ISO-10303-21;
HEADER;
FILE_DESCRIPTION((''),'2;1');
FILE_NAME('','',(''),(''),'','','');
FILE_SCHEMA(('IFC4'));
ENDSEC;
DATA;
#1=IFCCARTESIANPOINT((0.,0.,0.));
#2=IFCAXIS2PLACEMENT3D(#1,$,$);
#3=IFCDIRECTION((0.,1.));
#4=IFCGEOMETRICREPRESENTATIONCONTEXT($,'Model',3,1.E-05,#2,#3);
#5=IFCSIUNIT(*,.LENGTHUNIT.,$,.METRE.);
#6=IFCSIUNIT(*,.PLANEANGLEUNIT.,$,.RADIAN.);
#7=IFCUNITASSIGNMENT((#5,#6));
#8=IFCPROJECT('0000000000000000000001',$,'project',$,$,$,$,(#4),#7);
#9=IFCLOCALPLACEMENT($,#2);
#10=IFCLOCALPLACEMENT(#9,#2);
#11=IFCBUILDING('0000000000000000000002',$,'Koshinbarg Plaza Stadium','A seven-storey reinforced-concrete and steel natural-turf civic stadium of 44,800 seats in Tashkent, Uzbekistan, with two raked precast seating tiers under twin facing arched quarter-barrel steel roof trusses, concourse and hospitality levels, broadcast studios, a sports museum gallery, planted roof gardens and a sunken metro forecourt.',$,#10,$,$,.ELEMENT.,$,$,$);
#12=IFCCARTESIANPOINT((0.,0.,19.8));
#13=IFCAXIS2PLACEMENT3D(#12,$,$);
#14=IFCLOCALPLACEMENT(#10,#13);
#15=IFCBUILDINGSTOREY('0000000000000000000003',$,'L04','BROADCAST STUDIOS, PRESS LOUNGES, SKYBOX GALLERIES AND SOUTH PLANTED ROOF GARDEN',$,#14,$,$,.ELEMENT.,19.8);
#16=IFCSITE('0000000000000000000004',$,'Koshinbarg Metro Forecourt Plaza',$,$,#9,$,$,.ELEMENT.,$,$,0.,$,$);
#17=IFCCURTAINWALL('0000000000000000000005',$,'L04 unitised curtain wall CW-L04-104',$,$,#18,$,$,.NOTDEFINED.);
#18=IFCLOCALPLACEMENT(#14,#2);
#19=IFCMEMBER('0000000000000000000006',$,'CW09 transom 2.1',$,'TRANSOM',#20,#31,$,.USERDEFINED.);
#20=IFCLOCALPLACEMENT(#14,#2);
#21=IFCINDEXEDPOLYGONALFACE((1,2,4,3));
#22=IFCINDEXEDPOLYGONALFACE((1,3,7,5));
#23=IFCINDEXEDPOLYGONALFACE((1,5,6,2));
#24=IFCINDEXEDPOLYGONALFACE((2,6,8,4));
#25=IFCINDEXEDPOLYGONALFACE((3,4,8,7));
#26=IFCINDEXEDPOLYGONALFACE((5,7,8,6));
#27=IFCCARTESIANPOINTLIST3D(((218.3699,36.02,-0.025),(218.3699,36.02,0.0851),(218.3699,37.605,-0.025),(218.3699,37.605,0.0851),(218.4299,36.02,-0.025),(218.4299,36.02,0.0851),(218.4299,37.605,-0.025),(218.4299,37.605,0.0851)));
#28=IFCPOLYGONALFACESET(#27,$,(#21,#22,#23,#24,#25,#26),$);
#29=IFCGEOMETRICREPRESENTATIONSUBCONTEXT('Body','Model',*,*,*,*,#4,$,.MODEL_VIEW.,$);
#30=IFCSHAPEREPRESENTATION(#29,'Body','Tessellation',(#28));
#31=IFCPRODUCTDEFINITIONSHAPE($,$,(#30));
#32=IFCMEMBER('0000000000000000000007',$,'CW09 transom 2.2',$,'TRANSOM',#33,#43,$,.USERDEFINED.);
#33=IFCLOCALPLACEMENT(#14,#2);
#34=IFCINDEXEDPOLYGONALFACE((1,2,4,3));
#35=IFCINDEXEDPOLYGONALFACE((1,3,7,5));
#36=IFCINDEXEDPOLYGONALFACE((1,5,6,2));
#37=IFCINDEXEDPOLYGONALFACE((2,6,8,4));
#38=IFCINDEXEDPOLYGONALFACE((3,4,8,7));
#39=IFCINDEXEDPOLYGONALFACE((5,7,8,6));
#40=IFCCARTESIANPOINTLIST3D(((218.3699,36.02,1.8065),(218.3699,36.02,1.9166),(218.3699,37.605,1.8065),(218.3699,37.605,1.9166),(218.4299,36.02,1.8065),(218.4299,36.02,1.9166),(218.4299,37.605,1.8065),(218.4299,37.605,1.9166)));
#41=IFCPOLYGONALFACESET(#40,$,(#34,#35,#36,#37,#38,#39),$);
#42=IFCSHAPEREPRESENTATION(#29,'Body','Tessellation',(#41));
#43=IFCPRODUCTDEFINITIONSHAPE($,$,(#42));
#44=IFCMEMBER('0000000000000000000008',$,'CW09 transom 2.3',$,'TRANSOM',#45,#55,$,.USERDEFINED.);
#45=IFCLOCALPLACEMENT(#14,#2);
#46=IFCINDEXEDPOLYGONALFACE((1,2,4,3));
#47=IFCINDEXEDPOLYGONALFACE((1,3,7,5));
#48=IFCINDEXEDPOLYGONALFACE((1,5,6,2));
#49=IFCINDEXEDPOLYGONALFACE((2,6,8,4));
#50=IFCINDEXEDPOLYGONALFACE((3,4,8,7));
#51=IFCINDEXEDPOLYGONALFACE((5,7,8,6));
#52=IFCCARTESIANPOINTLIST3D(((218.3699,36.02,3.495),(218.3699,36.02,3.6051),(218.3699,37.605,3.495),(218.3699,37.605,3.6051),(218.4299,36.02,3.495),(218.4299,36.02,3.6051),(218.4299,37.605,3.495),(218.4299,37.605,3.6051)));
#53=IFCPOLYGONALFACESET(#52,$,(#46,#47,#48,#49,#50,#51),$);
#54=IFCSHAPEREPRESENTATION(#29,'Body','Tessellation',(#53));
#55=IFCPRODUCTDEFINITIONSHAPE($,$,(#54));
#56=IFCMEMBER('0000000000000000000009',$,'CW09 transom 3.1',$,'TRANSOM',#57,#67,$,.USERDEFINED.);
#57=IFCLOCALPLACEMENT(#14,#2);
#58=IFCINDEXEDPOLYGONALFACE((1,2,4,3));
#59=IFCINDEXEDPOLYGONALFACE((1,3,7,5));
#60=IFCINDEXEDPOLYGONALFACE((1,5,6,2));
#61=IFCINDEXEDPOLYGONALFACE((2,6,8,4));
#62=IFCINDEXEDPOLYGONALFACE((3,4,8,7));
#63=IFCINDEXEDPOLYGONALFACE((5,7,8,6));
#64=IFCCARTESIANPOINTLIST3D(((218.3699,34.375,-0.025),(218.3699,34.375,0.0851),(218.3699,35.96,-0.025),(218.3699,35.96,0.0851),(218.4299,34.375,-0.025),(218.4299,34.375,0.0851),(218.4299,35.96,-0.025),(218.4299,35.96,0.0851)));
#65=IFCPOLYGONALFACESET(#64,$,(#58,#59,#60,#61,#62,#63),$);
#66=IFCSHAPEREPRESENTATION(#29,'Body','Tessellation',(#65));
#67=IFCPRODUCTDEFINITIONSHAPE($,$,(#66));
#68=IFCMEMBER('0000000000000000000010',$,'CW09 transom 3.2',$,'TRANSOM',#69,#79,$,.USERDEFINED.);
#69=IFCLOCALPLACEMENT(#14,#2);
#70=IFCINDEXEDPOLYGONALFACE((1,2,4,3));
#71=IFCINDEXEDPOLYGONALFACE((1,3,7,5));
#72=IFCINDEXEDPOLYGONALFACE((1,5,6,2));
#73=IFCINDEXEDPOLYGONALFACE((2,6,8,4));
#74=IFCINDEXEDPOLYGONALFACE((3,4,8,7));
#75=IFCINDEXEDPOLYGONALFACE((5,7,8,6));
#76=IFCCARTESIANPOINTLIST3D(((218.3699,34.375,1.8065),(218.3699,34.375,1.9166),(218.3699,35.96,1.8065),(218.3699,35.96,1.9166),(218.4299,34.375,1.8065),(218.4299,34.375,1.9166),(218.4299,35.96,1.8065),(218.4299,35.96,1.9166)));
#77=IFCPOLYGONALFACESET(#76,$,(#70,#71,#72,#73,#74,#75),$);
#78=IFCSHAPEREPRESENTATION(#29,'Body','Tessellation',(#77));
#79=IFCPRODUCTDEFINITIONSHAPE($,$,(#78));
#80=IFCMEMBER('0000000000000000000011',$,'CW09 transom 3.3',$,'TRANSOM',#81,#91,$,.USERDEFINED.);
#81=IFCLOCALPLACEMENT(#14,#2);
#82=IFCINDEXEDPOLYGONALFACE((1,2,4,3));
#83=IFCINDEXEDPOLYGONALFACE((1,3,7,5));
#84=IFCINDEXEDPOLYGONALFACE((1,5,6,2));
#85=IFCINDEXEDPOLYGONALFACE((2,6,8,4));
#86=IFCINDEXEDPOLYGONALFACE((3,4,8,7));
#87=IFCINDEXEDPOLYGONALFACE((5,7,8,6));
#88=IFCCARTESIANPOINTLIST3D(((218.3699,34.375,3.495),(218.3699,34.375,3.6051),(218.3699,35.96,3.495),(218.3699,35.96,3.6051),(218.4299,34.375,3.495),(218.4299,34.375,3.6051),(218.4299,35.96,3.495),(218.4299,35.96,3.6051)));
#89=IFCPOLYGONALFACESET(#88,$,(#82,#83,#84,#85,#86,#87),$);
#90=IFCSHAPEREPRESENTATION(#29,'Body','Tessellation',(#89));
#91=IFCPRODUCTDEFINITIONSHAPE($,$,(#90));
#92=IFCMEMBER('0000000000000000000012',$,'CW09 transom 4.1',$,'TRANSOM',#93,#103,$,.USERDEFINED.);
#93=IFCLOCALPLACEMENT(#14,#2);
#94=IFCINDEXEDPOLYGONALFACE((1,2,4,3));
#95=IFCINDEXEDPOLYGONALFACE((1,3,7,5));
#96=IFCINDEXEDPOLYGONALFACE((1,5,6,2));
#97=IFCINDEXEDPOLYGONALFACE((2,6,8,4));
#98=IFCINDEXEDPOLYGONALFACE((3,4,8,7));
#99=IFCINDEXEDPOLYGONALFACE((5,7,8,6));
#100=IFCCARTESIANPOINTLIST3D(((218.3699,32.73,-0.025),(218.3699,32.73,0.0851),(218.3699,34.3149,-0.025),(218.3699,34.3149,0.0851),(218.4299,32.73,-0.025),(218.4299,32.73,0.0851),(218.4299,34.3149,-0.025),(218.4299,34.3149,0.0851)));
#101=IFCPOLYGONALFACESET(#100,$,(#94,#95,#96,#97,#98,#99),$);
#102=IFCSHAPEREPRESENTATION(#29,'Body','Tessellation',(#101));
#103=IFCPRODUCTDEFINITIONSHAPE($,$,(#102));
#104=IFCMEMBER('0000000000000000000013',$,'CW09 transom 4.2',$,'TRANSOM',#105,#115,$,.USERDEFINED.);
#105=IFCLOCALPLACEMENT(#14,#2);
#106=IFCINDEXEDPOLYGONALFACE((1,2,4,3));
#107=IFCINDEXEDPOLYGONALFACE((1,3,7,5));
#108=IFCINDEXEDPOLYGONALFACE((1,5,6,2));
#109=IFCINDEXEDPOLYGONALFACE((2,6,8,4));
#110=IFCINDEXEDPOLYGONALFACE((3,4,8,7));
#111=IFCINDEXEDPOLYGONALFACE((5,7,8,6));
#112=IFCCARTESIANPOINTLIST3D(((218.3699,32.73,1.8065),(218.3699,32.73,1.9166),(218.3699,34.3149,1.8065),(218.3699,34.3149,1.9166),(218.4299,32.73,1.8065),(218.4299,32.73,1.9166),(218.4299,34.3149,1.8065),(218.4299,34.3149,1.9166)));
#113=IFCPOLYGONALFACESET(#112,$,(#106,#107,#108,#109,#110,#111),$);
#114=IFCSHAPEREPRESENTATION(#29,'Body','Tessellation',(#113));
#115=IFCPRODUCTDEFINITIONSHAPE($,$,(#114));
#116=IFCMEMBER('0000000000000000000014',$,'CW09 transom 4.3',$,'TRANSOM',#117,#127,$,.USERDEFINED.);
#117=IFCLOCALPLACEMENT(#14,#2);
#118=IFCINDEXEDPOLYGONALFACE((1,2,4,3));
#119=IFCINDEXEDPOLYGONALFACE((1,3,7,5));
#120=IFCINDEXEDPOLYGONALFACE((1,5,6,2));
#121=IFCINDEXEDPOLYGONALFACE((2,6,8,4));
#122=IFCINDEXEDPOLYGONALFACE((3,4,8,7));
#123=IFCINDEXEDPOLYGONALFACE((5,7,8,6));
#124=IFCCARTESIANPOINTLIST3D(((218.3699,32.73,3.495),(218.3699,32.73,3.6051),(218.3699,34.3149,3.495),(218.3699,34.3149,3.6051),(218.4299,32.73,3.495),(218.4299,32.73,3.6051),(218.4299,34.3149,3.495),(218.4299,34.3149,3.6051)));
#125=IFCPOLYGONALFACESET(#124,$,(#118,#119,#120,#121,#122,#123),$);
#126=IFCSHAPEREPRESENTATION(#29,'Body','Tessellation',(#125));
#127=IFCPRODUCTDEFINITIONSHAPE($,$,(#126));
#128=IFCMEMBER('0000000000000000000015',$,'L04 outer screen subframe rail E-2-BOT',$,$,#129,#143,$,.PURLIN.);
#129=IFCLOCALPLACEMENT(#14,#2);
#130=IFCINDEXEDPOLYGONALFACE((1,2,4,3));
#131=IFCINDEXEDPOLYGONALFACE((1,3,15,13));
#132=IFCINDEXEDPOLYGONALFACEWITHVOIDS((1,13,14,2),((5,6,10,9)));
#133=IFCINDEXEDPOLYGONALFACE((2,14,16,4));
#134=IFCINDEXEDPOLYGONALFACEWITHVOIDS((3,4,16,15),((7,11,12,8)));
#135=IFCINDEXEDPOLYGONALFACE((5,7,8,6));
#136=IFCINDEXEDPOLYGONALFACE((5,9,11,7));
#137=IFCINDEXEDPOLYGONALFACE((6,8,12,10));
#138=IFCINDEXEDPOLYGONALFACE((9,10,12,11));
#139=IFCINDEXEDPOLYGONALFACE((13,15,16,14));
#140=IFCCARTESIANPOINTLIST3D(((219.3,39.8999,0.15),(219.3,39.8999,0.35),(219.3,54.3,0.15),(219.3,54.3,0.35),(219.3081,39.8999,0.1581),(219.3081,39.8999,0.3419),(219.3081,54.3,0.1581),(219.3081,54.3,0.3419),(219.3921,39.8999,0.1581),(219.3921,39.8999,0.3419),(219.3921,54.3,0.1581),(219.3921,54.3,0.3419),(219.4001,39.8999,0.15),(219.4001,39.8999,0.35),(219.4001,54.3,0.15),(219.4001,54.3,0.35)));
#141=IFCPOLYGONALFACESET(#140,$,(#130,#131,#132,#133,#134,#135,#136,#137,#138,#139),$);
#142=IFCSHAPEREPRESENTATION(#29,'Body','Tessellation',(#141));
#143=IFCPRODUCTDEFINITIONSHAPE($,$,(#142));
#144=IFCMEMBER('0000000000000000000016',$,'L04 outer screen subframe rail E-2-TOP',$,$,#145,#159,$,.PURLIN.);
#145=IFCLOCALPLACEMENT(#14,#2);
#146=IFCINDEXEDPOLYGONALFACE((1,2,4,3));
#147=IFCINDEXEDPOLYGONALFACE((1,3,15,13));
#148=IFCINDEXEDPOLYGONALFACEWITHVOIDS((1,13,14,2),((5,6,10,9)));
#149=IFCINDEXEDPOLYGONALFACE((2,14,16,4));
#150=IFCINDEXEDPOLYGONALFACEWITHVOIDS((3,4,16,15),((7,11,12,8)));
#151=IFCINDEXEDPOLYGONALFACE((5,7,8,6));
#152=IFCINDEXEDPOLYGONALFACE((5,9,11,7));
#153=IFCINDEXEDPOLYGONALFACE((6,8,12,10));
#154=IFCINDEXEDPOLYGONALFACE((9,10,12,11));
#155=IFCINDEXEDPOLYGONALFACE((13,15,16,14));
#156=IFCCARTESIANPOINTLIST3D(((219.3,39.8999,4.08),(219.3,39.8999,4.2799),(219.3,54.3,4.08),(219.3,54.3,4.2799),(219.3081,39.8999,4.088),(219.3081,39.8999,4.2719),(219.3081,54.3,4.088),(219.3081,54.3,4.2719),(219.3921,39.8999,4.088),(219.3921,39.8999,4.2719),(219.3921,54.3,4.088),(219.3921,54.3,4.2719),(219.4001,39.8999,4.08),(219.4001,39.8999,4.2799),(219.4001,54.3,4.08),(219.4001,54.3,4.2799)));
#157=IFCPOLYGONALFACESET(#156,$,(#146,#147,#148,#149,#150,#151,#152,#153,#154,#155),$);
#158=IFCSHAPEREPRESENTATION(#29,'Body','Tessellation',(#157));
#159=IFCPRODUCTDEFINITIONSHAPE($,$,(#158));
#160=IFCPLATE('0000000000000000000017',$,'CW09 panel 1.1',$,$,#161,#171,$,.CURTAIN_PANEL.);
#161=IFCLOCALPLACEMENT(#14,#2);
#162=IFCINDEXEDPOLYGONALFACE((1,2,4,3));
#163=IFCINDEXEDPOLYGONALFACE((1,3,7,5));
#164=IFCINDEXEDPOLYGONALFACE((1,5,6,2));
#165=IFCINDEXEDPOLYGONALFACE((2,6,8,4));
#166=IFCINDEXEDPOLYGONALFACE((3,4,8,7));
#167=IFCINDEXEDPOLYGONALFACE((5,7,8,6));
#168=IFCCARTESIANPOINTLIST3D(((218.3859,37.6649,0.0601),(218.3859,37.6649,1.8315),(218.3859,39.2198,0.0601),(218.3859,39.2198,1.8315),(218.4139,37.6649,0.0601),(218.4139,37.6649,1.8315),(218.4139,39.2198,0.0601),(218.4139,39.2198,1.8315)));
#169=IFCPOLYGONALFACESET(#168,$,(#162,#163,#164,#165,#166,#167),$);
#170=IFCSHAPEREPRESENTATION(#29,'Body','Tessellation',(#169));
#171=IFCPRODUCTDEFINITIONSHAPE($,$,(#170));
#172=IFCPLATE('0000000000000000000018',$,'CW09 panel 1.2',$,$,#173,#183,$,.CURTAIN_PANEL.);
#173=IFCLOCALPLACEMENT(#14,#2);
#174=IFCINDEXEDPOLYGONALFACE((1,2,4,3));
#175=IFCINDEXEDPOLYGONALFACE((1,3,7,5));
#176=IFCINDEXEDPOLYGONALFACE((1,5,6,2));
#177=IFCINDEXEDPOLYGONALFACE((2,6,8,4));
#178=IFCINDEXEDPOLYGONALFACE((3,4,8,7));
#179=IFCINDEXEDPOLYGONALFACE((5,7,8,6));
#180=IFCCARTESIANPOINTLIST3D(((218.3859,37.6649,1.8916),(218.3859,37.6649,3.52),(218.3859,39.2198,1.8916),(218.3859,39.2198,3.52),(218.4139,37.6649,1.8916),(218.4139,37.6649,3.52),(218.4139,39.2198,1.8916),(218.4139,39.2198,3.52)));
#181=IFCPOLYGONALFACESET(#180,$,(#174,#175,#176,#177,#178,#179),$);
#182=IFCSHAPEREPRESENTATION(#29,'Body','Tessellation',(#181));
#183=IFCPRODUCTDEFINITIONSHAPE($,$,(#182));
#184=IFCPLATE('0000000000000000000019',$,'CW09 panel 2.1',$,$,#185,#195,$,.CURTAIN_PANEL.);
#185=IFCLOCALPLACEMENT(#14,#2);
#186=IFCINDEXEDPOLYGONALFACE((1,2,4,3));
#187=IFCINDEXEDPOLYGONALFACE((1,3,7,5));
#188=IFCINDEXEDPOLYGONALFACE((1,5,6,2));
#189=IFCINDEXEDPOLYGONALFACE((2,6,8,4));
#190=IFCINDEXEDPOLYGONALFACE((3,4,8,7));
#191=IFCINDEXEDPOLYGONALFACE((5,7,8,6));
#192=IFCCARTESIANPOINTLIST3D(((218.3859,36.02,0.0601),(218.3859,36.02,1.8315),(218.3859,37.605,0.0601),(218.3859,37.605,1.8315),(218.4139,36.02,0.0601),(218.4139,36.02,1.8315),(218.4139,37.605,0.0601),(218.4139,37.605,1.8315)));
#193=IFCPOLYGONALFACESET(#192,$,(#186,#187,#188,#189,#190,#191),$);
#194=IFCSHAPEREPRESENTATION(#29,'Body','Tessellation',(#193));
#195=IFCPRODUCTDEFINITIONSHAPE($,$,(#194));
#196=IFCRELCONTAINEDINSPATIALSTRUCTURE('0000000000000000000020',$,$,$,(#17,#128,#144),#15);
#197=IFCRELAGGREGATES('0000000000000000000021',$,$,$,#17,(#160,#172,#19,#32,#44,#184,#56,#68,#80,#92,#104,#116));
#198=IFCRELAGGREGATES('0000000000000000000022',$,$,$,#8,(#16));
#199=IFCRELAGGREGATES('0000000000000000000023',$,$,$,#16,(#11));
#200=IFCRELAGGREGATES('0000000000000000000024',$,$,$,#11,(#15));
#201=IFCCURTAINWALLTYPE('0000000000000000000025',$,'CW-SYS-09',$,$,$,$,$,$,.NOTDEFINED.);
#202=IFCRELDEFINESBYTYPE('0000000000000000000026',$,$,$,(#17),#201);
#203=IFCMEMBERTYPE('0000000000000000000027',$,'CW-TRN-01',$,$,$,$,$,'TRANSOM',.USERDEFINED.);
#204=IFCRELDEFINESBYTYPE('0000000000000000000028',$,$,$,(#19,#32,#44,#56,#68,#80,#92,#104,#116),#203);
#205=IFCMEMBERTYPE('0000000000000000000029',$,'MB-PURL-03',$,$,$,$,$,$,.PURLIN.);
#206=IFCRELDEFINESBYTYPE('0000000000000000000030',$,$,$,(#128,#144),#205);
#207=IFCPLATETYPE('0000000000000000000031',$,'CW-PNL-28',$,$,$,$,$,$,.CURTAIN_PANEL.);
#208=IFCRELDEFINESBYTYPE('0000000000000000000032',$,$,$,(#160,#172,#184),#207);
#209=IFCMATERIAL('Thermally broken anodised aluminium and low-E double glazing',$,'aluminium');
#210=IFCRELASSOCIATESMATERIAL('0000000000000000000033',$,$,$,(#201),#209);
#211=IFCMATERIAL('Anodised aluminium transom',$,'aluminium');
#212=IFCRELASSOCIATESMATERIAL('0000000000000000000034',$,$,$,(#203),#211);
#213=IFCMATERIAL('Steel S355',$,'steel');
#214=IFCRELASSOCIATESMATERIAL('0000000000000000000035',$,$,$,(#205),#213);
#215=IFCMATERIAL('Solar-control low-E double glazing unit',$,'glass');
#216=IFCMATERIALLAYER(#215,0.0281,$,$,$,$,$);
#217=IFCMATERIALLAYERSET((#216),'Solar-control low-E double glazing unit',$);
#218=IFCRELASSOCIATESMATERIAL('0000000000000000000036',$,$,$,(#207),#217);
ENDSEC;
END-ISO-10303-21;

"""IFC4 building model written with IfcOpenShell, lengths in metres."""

from ifc_helpers import new_model, si_unit, direction, frame, origin, origin_2d, place, context, subcontext, project, spatial, rectangle, hollow_rectangle, extrude, material, layer, layer_set, material_profile, profile_set, type_object, element, aggregate, save


model = new_model("IFC4")

# Units and contexts
model_context = context("Model", 3, precision=1e-05, world=origin(), true_north=direction((0.0, 1.0)))
body_context = subcontext(model_context, "Body", "Model", "MODEL_VIEW")
ifc_project = project(units=[si_unit("LENGTHUNIT", "METRE"), si_unit("PLANEANGLEUNIT", "RADIAN")], contexts=[model_context])

# Site, building, storey
site_placement = place(None, origin())
site = spatial("IfcSite", under=ifc_project, at=site_placement, Name="Koshinbarg Metro Forecourt Plaza", CompositionType="ELEMENT", RefElevation=0.0)
building_placement = place(site_placement, origin())
building = spatial("IfcBuilding", under=site, at=building_placement, Name="Koshinbarg Plaza Stadium", Description="A seven-storey reinforced-concrete and steel natural-turf civic stadium of 44,800 seats in Tashkent, Uzbekistan, with two raked precast seating tiers under twin facing arched quarter-barrel steel roof trusses, concourse and hospitality levels, broadcast studios, a sports museum gallery, planted roof gardens and a sunken metro forecourt.", CompositionType="ELEMENT")
storey_placement = place(building_placement, frame((0.0, 0.0, 19.8)))
storey = spatial("IfcBuildingStorey", under=building, at=storey_placement, Name="L04", Description="BROADCAST STUDIOS, PRESS LOUNGES, SKYBOX GALLERIES AND SOUTH PLANTED ROOF GARDEN", CompositionType="ELEMENT", Elevation=19.8)

# Shared definitions
ifc_material_1 = material(Name="Steel S355", Category="steel")

# Curtain wall, members
ifc_material_2 = material(Name="Thermally broken anodised aluminium and low-E double glazing", Category="aluminium")
curtain_wall_type = type_object("IfcCurtainWallType", Name="CW-SYS-09", PredefinedType="NOTDEFINED", material=ifc_material_2)
curtain_wall_placement = place(storey_placement, origin())
curtain_wall = element("IfcCurtainWall", 1, at=curtain_wall_placement, inside=storey, type_object=curtain_wall_type, Name="L04 unitised curtain wall CW-L04-104", PredefinedType="NOTDEFINED")
ifc_material_3 = material(Name="Anodised aluminium transom", Category="aluminium")
ifc_material_profile_1 = material_profile(ifc_material_3, rectangle(XDim=0.0601, YDim=0.1101, at=origin_2d()), Name="ALU 60x110")
ifc_profile_set_1 = profile_set([ifc_material_profile_1], Name="Anodised aluminium transom")
member_type_1 = type_object("IfcMemberType", Name="CW-TRN-01", ElementType="TRANSOM", PredefinedType="USERDEFINED", material=ifc_profile_set_1)
member_1_placement = place(storey_placement, frame((218.3999, 37.605, 0.03), z_axis=(0.0, -1.0, 0.0), x_axis=(1.0, 0.0, 0.0)))
member_1 = element("IfcMember", 2, at=member_1_placement, type_object=member_type_1, Name="CW09 transom 2.1", ObjectType="TRANSOM", PredefinedType="USERDEFINED", context=body_context, shape_type="SweptSolid", body=[
    extrude(rectangle(XDim=0.0601, YDim=0.1101, at=origin_2d()), origin(), (0.0, 0.0, 1.0), 1.585),
])
member_2_placement = place(storey_placement, frame((218.3999, 37.605, 1.8616), z_axis=(0.0, -1.0, 0.0), x_axis=(1.0, 0.0, 0.0)))
member_2 = element("IfcMember", 3, at=member_2_placement, type_object=member_type_1, Name="CW09 transom 2.2", ObjectType="TRANSOM", PredefinedType="USERDEFINED", context=body_context, shape_type="SweptSolid", body=[
    extrude(rectangle(XDim=0.0601, YDim=0.1101, at=origin_2d()), origin(), (0.0, 0.0, 1.0), 1.585),
])
member_3_placement = place(storey_placement, frame((218.3999, 37.605, 3.55), z_axis=(0.0, -1.0, 0.0), x_axis=(1.0, 0.0, 0.0)))
member_3 = element("IfcMember", 4, at=member_3_placement, type_object=member_type_1, Name="CW09 transom 2.3", ObjectType="TRANSOM", PredefinedType="USERDEFINED", context=body_context, shape_type="SweptSolid", body=[
    extrude(rectangle(XDim=0.0601, YDim=0.1101, at=origin_2d()), origin(), (0.0, 0.0, 1.0), 1.585),
])
member_4_placement = place(storey_placement, frame((218.3999, 35.96, 0.03), z_axis=(0.0, -1.0, 0.0), x_axis=(1.0, 0.0, 0.0)))
member_4 = element("IfcMember", 5, at=member_4_placement, type_object=member_type_1, Name="CW09 transom 3.1", ObjectType="TRANSOM", PredefinedType="USERDEFINED", context=body_context, shape_type="SweptSolid", body=[
    extrude(rectangle(XDim=0.0601, YDim=0.1101, at=origin_2d()), origin(), (0.0, 0.0, 1.0), 1.585),
])
member_5_placement = place(storey_placement, frame((218.3999, 35.96, 1.8616), z_axis=(0.0, -1.0, 0.0), x_axis=(1.0, 0.0, 0.0)))
member_5 = element("IfcMember", 6, at=member_5_placement, type_object=member_type_1, Name="CW09 transom 3.2", ObjectType="TRANSOM", PredefinedType="USERDEFINED", context=body_context, shape_type="SweptSolid", body=[
    extrude(rectangle(XDim=0.0601, YDim=0.1101, at=origin_2d()), origin(), (0.0, 0.0, 1.0), 1.585),
])
member_6_placement = place(storey_placement, frame((218.3999, 35.96, 3.55), z_axis=(0.0, -1.0, 0.0), x_axis=(1.0, 0.0, 0.0)))
member_6 = element("IfcMember", 7, at=member_6_placement, type_object=member_type_1, Name="CW09 transom 3.3", ObjectType="TRANSOM", PredefinedType="USERDEFINED", context=body_context, shape_type="SweptSolid", body=[
    extrude(rectangle(XDim=0.0601, YDim=0.1101, at=origin_2d()), origin(), (0.0, 0.0, 1.0), 1.585),
])
member_7_placement = place(storey_placement, frame((218.3999, 34.3149, 0.03), z_axis=(0.0, -1.0, 0.0), x_axis=(1.0, 0.0, 0.0)))
member_7 = element("IfcMember", 8, at=member_7_placement, type_object=member_type_1, Name="CW09 transom 4.1", ObjectType="TRANSOM", PredefinedType="USERDEFINED", context=body_context, shape_type="SweptSolid", body=[
    extrude(rectangle(XDim=0.0601, YDim=0.1101, at=origin_2d()), origin(), (0.0, 0.0, 1.0), 1.585),
])
member_8_placement = place(storey_placement, frame((218.3999, 34.3149, 1.8616), z_axis=(0.0, -1.0, 0.0), x_axis=(1.0, 0.0, 0.0)))
member_8 = element("IfcMember", 9, at=member_8_placement, type_object=member_type_1, Name="CW09 transom 4.2", ObjectType="TRANSOM", PredefinedType="USERDEFINED", context=body_context, shape_type="SweptSolid", body=[
    extrude(rectangle(XDim=0.0601, YDim=0.1101, at=origin_2d()), origin(), (0.0, 0.0, 1.0), 1.585),
])
member_9_placement = place(storey_placement, frame((218.3999, 34.3149, 3.55), z_axis=(0.0, -1.0, 0.0), x_axis=(1.0, 0.0, 0.0)))
member_9 = element("IfcMember", 10, at=member_9_placement, type_object=member_type_1, Name="CW09 transom 4.3", ObjectType="TRANSOM", PredefinedType="USERDEFINED", context=body_context, shape_type="SweptSolid", body=[
    extrude(rectangle(XDim=0.0601, YDim=0.1101, at=origin_2d()), origin(), (0.0, 0.0, 1.0), 1.585),
])

# Members
ifc_material_profile_2 = material_profile(ifc_material_1, hollow_rectangle(XDim=0.1001, YDim=0.2, WallThickness=0.0081, at=origin_2d()), Name="RHS 200x100x8")
ifc_profile_set_2 = profile_set([ifc_material_profile_2], Name="Steel S355")
member_type_2 = type_object("IfcMemberType", Name="MB-PURL-03", PredefinedType="PURLIN", material=ifc_profile_set_2)
for number, where, z_axis, x_axis, name in (
    (11, (219.3501, 39.8999, 0.25), (0.0, 1.0, 0.0), (-1.0, 0.0, 0.0), "L04 outer screen subframe rail E-2-BOT"),
    (12, (219.3501, 39.8999, 4.1799), (0.0, 1.0, 0.0), (-1.0, 0.0, 0.0), "L04 outer screen subframe rail E-2-TOP"),
):
    element("IfcMember", number, at=place(storey_placement, frame(where, z_axis=z_axis, x_axis=x_axis)), inside=storey, type_object=member_type_2, Name=name, PredefinedType="PURLIN", context=body_context, shape_type="SweptSolid", body=[
        extrude(hollow_rectangle(XDim=0.1001, YDim=0.2, WallThickness=0.0081, at=origin_2d()), origin(), (0.0, 0.0, 1.0), 14.4001),
    ])

# Plates
ifc_material_4 = material(Name="Solar-control low-E double glazing unit", Category="glass")
ifc_layer_1 = layer(ifc_material_4, 0.0281)
ifc_layer_set_1 = layer_set([ifc_layer_1], Name="Solar-control low-E double glazing unit")
plate_type_1 = type_object("IfcPlateType", Name="CW-PNL-28", PredefinedType="CURTAIN_PANEL", material=ifc_layer_set_1)
plate_1_placement = place(storey_placement, frame((218.3999, 38.4424, 0.0601), z_axis=(0.0, 0.0, 1.0), x_axis=(0.0, -1.0, 0.0)))
plate_1 = element("IfcPlate", 13, at=plate_1_placement, type_object=plate_type_1, Name="CW09 panel 1.1", PredefinedType="CURTAIN_PANEL", context=body_context, shape_type="SweptSolid", body=[
    extrude(rectangle(XDim=1.5549, YDim=0.0281, at=origin_2d()), origin(), (0.0, 0.0, 1.0), 1.7715),
])
plate_2_placement = place(storey_placement, frame((218.3999, 38.4424, 1.8916), z_axis=(0.0, 0.0, 1.0), x_axis=(0.0, -1.0, 0.0)))
plate_2 = element("IfcPlate", 14, at=plate_2_placement, type_object=plate_type_1, Name="CW09 panel 1.2", PredefinedType="CURTAIN_PANEL", context=body_context, shape_type="SweptSolid", body=[
    extrude(rectangle(XDim=1.5549, YDim=0.0281, at=origin_2d()), origin(), (0.0, 0.0, 1.0), 1.6284),
])
plate_3_placement = place(storey_placement, frame((218.3999, 36.8125, 0.0601), z_axis=(0.0, 0.0, 1.0), x_axis=(0.0, -1.0, 0.0)))
plate_3 = element("IfcPlate", 15, at=plate_3_placement, type_object=plate_type_1, Name="CW09 panel 2.1", PredefinedType="CURTAIN_PANEL", context=body_context, shape_type="SweptSolid", body=[
    extrude(rectangle(XDim=1.585, YDim=0.0281, at=origin_2d()), origin(), (0.0, 0.0, 1.0), 1.7715),
])
aggregate(curtain_wall, [plate_1, plate_2, member_1, member_2, member_3, plate_3, member_4, member_5, member_6, member_7, member_8, member_9])

save(model, "model.ifc")
